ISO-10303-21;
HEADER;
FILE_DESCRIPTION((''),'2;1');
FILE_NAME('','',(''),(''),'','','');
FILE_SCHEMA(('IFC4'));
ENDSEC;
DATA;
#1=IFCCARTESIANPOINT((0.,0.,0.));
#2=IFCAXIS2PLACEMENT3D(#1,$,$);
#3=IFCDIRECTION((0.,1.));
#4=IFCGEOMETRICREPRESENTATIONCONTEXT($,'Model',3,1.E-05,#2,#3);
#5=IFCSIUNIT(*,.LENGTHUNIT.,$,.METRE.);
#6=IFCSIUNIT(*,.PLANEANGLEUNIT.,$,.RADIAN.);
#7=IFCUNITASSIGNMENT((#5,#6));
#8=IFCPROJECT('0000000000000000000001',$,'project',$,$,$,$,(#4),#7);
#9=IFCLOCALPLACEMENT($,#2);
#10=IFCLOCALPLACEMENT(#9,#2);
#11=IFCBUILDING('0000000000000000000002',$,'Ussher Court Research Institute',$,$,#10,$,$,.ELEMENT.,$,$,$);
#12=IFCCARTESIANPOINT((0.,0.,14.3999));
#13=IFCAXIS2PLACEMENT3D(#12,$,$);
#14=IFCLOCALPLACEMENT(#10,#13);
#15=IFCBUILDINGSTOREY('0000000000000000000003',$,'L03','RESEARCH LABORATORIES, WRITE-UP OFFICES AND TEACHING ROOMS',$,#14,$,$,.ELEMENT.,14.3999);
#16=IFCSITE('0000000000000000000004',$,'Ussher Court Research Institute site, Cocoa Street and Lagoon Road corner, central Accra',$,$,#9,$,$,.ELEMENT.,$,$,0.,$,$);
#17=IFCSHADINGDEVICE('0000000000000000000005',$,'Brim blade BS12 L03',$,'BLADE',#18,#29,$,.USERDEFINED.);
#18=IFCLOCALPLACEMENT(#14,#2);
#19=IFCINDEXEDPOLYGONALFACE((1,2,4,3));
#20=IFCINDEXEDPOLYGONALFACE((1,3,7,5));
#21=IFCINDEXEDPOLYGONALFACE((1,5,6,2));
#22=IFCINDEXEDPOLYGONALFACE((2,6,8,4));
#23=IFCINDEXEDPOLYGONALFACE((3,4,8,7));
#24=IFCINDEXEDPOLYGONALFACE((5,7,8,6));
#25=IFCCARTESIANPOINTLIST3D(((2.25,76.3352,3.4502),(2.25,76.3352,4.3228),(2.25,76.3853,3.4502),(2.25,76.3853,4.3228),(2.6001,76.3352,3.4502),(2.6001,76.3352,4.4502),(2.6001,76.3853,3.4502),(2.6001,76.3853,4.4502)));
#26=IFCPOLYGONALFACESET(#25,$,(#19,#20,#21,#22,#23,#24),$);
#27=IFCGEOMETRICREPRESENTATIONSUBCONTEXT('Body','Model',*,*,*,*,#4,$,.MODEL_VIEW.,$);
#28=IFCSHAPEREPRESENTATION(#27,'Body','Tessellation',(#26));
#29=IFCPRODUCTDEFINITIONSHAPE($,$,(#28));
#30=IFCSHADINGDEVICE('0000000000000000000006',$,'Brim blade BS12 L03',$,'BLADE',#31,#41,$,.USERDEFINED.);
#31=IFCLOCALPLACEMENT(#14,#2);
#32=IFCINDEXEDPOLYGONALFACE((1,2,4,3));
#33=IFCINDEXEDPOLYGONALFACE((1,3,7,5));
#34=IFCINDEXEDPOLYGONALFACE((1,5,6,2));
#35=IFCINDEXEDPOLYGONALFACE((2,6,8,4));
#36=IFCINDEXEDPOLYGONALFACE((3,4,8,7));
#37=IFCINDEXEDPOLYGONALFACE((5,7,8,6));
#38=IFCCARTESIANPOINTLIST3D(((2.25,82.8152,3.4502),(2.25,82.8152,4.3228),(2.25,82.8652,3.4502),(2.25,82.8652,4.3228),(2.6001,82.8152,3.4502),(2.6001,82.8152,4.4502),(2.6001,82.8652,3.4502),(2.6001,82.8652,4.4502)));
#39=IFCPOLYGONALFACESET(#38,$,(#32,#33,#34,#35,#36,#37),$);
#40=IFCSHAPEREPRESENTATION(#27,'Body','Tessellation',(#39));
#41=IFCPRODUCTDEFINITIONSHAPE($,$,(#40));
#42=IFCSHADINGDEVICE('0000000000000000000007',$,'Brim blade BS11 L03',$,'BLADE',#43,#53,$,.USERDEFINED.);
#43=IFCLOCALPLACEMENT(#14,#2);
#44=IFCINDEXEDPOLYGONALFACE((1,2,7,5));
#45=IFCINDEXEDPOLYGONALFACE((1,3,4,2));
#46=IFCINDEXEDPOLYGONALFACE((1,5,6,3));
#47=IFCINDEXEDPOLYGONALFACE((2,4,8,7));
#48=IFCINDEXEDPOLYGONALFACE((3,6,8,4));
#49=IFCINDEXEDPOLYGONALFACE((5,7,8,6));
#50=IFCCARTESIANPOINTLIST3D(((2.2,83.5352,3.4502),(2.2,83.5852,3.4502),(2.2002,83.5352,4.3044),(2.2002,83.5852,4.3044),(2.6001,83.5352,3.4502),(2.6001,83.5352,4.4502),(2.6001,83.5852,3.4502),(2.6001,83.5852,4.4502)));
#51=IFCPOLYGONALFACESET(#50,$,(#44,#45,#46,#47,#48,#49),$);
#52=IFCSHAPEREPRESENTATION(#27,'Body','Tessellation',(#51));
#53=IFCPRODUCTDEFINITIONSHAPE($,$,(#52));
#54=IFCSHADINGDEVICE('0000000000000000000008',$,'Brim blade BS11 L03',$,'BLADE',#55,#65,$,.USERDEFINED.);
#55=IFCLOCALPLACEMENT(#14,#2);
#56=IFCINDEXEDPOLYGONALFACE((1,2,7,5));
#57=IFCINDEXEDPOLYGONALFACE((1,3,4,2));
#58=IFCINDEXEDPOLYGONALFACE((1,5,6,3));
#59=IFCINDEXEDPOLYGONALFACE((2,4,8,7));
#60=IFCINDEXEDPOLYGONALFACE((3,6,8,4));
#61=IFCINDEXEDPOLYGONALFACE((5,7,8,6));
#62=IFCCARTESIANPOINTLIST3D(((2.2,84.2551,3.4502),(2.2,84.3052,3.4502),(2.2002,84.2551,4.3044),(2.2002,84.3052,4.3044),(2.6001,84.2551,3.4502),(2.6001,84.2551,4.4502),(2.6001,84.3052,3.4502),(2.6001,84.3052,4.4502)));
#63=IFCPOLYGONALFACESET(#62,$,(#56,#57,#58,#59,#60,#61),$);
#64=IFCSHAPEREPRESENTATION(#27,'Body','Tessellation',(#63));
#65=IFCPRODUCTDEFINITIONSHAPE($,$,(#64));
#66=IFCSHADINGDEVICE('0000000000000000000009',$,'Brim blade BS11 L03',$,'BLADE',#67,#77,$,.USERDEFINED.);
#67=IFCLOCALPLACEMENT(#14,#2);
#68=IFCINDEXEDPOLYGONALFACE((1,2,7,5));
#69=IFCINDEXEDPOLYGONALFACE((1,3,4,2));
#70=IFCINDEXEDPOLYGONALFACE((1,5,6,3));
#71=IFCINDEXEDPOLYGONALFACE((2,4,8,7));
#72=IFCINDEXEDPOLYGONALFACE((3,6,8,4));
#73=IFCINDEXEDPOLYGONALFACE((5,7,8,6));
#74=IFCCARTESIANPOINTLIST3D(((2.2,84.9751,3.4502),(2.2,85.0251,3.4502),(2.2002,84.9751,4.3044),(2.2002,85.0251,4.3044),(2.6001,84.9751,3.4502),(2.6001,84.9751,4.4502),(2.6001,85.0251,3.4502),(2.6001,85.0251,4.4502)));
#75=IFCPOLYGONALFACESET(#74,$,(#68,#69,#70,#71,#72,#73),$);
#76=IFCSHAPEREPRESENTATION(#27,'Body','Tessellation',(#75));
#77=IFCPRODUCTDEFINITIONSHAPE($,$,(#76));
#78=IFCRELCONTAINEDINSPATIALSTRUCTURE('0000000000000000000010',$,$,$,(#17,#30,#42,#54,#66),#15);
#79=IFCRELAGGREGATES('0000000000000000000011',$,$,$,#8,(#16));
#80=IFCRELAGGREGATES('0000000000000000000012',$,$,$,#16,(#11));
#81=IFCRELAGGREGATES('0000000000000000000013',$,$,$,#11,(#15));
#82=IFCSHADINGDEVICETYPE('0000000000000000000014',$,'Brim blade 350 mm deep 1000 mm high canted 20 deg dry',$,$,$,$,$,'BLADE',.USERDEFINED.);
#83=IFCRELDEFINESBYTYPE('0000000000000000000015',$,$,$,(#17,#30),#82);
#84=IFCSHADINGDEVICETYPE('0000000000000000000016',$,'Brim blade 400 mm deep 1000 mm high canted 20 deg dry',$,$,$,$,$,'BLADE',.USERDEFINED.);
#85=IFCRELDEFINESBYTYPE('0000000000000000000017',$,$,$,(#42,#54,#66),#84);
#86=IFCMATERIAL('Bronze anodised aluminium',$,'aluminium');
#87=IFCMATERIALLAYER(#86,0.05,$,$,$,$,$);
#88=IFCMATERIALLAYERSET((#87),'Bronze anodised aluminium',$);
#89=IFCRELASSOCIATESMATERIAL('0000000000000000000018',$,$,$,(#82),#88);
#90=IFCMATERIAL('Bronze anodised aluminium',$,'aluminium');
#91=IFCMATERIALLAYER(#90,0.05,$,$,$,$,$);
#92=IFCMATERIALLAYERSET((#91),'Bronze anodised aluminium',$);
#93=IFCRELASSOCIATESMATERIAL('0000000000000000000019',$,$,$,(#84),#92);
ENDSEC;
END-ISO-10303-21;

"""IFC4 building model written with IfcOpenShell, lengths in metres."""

from ifc_helpers import new_model, si_unit, direction, frame, origin, place, context, subcontext, project, spatial, polyline, outline, extrude, material, layer, layer_set, type_object, element, save


model = new_model("IFC4")

# Units and contexts
model_context = context("Model", 3, precision=1e-05, world=origin(), true_north=direction((0.0, 1.0)))
body_context = subcontext(model_context, "Body", "Model", "MODEL_VIEW")
ifc_project = project(units=[si_unit("LENGTHUNIT", "METRE"), si_unit("PLANEANGLEUNIT", "RADIAN")], contexts=[model_context])

# Site, building, storey
site_placement = place(None, origin())
site = spatial("IfcSite", under=ifc_project, at=site_placement, Name="Ussher Court Research Institute site, Cocoa Street and Lagoon Road corner, central Accra", CompositionType="ELEMENT", RefElevation=0.0)
building_placement = place(site_placement, origin())
building = spatial("IfcBuilding", under=site, at=building_placement, Name="Ussher Court Research Institute", CompositionType="ELEMENT")
storey_placement = place(building_placement, frame((0.0, 0.0, 14.3999)))
storey = spatial("IfcBuildingStorey", under=building, at=storey_placement, Name="L03", Description="RESEARCH LABORATORIES, WRITE-UP OFFICES AND TEACHING ROOMS", CompositionType="ELEMENT", Elevation=14.3999)

# Shading devices
ifc_material_1 = material(Name="Bronze anodised aluminium", Category="aluminium")
ifc_layer_1 = layer(ifc_material_1, 0.05)
ifc_layer_set_1 = layer_set([ifc_layer_1], Name="Bronze anodised aluminium")
shading_device_type_1 = type_object("IfcShadingDeviceType", Name="Brim blade 350 mm deep 1000 mm high canted 20 deg dry", ElementType="BLADE", PredefinedType="USERDEFINED", material=ifc_layer_set_1)
for number, where, z_axis, x_axis, name in (
    (1, (2.6001, 76.3601, 3.4502), (0.0, 0.0, 1.0), (-1.0, 0.0, 0.0), "Brim blade BS12 L03"),
    (2, (2.6001, 82.8401, 3.4502), (0.0, 0.0, 1.0), (-1.0, 0.0, 0.0), "Brim blade BS12 L03"),
):
    element("IfcShadingDevice", number, at=place(storey_placement, frame(where, z_axis=z_axis, x_axis=x_axis)), inside=storey, type_object=shading_device_type_1, Name=name, ObjectType="BLADE", PredefinedType="USERDEFINED", context=body_context, shape_type="SweptSolid", body=[
        extrude(outline(polyline([(0.0, 0.0), (0.3501, 0.0), (0.3501, 0.8726), (0.0, 1.0), (0.0, 0.0)])), frame((0.0, 0.0249, 0.0), z_axis=(0.0, -1.0, 0.0), x_axis=(1.0, 0.0, 0.0)), (0.0, 0.0, 1.0), 0.05),
    ])
ifc_material_2 = material(Name="Bronze anodised aluminium", Category="aluminium")
ifc_layer_2 = layer(ifc_material_2, 0.05)
ifc_layer_set_2 = layer_set([ifc_layer_2], Name="Bronze anodised aluminium")
shading_device_type_2 = type_object("IfcShadingDeviceType", Name="Brim blade 400 mm deep 1000 mm high canted 20 deg dry", ElementType="BLADE", PredefinedType="USERDEFINED", material=ifc_layer_set_2)
for number, where, z_axis, x_axis, name in (
    (3, (2.6001, 83.5601, 3.4502), (0.0, 0.0, 1.0), (-1.0, 0.0, 0.0), "Brim blade BS11 L03"),
    (4, (2.6001, 84.28, 3.4502), (0.0, 0.0, 1.0), (-1.0, 0.0, 0.0), "Brim blade BS11 L03"),
    (5, (2.6001, 85.0, 3.4502), (0.0, 0.0, 1.0), (-1.0, 0.0, 0.0), "Brim blade BS11 L03"),
):
    element("IfcShadingDevice", number, at=place(storey_placement, frame(where, z_axis=z_axis, x_axis=x_axis)), inside=storey, type_object=shading_device_type_2, Name=name, ObjectType="BLADE", PredefinedType="USERDEFINED", context=body_context, shape_type="SweptSolid", body=[
        extrude(outline(polyline([(0.0, 0.0), (0.4001, 0.0), (0.3999, 0.8542), (0.0, 1.0), (0.0, 0.0)])), frame((0.0, 0.0249, 0.0), z_axis=(0.0, -1.0, 0.0), x_axis=(1.0, 0.0, 0.0)), (0.0, 0.0, 1.0), 0.05),
    ])

save(model, "model.ifc")
